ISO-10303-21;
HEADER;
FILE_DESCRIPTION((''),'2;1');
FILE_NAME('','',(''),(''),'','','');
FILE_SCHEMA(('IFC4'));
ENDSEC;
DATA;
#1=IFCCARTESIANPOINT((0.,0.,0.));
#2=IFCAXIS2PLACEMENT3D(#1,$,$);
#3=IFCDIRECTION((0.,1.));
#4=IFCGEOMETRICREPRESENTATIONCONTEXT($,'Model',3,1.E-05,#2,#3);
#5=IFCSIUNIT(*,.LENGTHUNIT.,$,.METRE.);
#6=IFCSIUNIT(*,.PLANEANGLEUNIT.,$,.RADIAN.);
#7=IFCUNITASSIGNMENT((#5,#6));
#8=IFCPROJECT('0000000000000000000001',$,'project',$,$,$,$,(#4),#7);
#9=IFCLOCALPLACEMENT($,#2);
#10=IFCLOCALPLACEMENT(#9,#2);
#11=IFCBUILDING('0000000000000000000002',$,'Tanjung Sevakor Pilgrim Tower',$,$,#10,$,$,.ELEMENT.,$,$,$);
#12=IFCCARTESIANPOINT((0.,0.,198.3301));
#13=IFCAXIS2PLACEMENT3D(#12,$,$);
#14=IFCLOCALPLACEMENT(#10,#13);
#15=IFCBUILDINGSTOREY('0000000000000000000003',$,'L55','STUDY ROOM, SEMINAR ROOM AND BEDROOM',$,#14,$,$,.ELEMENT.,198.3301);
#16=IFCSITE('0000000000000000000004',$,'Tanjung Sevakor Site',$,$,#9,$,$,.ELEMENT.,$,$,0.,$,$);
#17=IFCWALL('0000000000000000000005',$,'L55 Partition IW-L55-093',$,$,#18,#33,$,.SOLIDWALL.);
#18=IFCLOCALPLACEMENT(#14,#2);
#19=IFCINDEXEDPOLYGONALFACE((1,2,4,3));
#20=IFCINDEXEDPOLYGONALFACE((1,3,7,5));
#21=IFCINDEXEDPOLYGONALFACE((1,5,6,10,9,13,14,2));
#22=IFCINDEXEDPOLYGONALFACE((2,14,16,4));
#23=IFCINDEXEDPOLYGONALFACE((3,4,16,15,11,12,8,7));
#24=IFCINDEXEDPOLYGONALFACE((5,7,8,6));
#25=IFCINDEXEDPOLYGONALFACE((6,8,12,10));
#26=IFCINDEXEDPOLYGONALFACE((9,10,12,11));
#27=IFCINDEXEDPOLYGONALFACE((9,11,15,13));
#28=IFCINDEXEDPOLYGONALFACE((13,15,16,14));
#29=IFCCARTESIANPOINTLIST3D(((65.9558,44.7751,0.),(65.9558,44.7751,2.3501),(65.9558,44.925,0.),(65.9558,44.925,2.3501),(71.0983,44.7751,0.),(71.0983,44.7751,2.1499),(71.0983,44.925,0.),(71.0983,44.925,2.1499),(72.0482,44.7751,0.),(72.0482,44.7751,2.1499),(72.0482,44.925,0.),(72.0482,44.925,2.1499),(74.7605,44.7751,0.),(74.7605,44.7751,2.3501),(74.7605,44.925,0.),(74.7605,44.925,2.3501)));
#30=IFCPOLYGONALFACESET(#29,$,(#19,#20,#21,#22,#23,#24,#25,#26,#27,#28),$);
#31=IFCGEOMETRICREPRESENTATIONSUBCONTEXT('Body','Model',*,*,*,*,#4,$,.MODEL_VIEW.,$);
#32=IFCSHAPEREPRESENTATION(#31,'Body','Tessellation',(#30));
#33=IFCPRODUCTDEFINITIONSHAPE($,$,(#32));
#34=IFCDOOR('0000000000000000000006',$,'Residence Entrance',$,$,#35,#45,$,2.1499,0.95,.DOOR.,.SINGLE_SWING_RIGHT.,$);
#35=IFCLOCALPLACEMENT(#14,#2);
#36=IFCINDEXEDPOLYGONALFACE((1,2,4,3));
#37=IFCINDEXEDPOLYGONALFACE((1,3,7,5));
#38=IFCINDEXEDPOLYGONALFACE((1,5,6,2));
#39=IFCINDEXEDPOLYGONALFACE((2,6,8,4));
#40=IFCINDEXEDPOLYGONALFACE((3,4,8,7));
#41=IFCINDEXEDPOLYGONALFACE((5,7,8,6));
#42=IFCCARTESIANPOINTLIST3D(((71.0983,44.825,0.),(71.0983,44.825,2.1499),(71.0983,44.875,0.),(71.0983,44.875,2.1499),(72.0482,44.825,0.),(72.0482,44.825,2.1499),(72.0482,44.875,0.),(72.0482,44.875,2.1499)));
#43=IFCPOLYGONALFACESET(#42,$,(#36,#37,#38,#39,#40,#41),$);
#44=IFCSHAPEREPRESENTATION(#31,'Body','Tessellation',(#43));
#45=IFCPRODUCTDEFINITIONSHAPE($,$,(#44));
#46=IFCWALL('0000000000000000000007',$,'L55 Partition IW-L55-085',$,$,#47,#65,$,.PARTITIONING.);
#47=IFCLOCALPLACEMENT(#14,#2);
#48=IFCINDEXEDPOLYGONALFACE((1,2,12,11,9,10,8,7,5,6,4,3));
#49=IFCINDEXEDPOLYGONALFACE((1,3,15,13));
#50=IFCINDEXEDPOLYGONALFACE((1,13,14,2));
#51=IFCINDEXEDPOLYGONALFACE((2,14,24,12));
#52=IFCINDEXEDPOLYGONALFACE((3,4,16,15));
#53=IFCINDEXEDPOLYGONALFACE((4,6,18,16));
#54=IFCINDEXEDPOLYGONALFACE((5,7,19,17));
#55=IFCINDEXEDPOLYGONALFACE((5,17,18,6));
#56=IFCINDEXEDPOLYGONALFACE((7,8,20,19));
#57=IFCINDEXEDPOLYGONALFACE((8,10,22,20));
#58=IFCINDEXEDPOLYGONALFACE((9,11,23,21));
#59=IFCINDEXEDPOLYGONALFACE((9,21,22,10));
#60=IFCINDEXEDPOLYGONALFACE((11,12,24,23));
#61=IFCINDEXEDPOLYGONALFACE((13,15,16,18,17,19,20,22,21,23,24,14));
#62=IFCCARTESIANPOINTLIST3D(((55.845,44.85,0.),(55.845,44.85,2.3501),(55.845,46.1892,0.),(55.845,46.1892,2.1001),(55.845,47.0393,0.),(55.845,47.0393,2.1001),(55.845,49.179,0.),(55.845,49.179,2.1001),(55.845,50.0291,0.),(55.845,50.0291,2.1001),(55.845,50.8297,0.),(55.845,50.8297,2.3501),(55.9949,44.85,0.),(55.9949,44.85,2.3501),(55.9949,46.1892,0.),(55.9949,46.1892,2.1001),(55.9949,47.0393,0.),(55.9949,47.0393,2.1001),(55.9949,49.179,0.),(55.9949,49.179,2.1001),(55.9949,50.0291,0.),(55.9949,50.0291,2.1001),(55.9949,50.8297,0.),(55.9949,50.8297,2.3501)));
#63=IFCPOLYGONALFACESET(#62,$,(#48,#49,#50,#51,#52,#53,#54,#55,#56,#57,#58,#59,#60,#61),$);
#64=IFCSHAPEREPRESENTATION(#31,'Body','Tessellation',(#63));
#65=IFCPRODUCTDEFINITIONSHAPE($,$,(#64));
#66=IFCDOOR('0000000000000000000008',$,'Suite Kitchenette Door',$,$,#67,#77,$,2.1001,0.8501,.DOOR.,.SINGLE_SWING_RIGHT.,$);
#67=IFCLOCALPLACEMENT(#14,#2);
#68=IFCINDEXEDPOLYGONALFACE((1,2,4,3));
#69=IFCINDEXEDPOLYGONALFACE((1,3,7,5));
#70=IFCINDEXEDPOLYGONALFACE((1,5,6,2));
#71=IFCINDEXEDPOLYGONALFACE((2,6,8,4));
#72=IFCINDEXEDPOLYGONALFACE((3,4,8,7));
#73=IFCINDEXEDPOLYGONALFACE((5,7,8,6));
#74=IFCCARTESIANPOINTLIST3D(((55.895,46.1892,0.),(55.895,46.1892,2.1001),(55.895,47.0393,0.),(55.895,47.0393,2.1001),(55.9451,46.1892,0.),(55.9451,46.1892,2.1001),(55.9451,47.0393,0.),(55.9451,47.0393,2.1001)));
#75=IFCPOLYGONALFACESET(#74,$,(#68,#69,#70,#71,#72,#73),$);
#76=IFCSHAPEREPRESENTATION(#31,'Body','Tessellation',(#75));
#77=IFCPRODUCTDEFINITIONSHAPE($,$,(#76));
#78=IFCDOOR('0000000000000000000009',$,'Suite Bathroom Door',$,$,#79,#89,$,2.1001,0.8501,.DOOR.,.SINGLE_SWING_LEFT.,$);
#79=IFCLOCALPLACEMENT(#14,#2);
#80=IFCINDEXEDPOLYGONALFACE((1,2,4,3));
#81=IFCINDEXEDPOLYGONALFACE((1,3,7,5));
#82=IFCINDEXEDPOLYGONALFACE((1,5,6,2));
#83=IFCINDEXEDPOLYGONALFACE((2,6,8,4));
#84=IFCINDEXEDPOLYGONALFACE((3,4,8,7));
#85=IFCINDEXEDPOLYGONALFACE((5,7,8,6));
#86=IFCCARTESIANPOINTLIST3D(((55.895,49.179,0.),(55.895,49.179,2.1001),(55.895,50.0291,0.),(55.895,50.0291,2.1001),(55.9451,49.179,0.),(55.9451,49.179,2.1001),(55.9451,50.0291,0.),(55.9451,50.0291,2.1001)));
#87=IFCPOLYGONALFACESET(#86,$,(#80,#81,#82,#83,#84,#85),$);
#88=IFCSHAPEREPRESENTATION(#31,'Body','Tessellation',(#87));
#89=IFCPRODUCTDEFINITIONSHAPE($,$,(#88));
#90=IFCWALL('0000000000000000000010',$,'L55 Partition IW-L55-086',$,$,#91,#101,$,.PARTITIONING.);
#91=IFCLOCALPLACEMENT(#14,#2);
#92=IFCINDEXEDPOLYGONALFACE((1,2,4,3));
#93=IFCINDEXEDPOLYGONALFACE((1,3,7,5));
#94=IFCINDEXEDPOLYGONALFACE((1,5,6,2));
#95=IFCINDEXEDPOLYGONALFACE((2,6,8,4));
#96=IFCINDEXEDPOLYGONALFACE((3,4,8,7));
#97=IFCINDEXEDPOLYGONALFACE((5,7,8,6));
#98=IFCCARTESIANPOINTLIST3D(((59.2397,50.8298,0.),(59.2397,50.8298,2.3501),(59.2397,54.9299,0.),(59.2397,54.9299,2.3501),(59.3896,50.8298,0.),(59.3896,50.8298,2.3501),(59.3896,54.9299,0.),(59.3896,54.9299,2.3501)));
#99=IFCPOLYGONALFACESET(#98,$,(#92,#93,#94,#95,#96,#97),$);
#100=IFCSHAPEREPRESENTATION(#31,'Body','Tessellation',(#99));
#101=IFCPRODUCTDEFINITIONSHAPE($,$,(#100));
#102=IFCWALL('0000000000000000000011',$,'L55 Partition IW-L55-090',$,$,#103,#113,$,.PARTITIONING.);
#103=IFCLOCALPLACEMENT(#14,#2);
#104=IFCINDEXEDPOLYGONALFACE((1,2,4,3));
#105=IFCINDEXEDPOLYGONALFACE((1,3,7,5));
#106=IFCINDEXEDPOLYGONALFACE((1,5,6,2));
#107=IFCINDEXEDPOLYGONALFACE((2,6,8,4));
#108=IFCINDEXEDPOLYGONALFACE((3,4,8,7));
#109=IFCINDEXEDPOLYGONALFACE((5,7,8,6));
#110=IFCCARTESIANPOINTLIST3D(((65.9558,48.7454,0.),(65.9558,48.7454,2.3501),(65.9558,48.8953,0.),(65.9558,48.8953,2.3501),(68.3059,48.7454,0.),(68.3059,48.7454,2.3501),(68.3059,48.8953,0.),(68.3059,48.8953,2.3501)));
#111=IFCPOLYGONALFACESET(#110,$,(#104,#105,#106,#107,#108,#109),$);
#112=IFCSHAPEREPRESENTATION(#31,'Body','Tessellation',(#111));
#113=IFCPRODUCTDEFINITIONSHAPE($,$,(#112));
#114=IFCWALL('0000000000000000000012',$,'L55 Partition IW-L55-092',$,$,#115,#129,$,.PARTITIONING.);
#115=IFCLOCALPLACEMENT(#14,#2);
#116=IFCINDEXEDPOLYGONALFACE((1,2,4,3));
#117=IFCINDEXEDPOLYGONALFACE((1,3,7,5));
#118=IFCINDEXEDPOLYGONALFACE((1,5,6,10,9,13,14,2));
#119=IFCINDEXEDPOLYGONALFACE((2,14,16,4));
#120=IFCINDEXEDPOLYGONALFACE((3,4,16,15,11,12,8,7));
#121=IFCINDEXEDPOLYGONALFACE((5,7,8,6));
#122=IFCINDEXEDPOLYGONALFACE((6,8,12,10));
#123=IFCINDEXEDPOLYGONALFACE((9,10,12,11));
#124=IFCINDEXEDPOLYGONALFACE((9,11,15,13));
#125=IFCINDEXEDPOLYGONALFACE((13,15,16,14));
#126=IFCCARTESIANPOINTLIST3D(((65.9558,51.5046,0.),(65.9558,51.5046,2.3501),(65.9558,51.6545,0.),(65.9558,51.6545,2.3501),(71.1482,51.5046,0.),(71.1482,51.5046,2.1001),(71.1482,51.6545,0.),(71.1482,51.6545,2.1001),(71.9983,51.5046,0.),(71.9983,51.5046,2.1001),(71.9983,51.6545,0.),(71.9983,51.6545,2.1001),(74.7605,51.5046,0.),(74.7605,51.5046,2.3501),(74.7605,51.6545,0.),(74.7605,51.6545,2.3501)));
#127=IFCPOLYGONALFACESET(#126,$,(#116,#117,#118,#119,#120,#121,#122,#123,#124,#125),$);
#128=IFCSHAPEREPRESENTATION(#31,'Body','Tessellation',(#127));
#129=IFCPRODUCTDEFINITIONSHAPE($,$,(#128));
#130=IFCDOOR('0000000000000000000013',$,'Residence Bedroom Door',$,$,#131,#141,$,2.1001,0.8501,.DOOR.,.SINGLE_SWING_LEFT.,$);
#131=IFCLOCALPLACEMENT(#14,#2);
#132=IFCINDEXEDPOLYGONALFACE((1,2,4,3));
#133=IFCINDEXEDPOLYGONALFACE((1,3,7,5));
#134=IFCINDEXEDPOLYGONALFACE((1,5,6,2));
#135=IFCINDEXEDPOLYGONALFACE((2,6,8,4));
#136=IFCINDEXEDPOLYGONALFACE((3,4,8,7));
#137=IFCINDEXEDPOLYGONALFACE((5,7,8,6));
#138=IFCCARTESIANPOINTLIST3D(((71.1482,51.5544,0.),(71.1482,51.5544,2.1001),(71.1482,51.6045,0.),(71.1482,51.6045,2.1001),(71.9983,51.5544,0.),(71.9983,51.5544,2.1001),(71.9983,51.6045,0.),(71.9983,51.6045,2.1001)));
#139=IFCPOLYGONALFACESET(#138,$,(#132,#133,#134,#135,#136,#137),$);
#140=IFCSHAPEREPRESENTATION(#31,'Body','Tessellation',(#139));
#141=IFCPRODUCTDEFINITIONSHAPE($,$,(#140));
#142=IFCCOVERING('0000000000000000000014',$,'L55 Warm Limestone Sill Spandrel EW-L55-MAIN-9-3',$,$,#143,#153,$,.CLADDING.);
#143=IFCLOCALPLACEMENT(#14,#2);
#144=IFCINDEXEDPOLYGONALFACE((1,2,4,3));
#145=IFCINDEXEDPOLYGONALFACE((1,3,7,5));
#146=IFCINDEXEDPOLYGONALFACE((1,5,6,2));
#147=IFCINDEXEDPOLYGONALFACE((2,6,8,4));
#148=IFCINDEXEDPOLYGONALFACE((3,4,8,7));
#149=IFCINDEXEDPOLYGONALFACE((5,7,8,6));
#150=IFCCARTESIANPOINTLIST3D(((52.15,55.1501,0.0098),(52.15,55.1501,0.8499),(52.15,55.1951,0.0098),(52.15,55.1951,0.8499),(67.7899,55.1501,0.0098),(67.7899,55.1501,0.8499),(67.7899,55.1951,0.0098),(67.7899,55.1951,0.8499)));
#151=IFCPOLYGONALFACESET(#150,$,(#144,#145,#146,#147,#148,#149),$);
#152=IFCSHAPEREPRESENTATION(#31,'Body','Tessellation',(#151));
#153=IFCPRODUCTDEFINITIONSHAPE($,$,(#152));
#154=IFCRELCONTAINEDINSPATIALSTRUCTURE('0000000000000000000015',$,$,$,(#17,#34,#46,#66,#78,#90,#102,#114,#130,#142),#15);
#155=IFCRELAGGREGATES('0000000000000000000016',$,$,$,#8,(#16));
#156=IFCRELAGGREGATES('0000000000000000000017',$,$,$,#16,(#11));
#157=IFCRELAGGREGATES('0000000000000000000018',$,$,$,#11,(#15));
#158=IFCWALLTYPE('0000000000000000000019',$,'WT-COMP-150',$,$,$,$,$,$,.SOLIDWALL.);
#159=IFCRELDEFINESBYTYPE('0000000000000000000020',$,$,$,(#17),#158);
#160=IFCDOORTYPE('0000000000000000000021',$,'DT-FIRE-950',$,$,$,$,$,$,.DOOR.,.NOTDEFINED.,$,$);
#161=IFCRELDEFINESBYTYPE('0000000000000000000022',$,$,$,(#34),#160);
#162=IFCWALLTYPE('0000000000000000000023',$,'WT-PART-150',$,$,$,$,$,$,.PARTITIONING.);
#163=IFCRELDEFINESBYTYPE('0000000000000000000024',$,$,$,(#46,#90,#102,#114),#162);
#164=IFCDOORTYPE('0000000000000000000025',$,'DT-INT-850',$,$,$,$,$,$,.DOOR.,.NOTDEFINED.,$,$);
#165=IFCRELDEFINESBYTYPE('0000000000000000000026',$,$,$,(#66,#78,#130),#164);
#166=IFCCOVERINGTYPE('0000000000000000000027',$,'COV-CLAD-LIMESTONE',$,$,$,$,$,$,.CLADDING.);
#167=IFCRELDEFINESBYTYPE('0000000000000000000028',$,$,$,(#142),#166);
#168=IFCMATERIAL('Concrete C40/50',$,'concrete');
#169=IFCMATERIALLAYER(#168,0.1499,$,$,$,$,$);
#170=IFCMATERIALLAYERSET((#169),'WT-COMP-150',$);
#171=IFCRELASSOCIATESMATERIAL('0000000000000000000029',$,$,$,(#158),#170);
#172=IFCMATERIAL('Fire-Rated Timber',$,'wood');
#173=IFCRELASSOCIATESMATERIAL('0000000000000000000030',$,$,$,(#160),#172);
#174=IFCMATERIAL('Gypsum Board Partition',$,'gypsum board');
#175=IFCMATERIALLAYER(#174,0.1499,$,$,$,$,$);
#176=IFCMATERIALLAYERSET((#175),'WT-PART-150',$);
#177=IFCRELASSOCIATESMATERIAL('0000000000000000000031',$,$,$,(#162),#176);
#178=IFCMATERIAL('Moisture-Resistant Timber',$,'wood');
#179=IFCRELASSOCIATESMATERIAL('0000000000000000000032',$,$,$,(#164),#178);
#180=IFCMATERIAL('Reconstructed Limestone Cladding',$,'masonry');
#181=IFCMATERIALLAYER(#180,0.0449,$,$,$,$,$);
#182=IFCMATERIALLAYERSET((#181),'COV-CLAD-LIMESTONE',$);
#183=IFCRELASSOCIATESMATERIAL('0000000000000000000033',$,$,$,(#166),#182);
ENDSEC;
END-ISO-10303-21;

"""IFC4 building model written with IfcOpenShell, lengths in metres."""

from ifc_helpers import new_model, si_unit, direction, frame, frame_2d, origin, origin_2d, place, context, subcontext, project, spatial, rectangle, extrude, material, layer, layer_set, type_object, element, fill, save


model = new_model("IFC4")

# Units and contexts
model_context = context("Model", 3, precision=1e-05, world=origin(), true_north=direction((0.0, 1.0)))
body_context = subcontext(model_context, "Body", "Model", "MODEL_VIEW")
ifc_project = project(units=[si_unit("LENGTHUNIT", "METRE"), si_unit("PLANEANGLEUNIT", "RADIAN")], contexts=[model_context])

# Site, building, storey
site_placement = place(None, origin())
site = spatial("IfcSite", under=ifc_project, at=site_placement, Name="Tanjung Sevakor Site", CompositionType="ELEMENT", RefElevation=0.0)
building_placement = place(site_placement, origin())
building = spatial("IfcBuilding", under=site, at=building_placement, Name="Tanjung Sevakor Pilgrim Tower", CompositionType="ELEMENT")
storey_placement = place(building_placement, frame((0.0, 0.0, 198.3301)))
storey = spatial("IfcBuildingStorey", under=building, at=storey_placement, Name="L55", Description="STUDY ROOM, SEMINAR ROOM AND BEDROOM", CompositionType="ELEMENT", Elevation=198.3301)

# Shared definitions
ifc_material_1 = material(Name="Concrete C40/50", Category="concrete")
ifc_layer_1 = layer(ifc_material_1, 0.1499)
ifc_layer_set_1 = layer_set([ifc_layer_1], Name="WT-COMP-150")
wall_type_1 = type_object("IfcWallType", Name="WT-COMP-150", PredefinedType="SOLIDWALL", material=ifc_layer_set_1)

# Wall, opening, door
wall_1_placement = place(storey_placement, frame((65.9558, 44.8501, 0.0), z_axis=(0.0, 0.0, 1.0), x_axis=(1.0, 0.0, 0.0)))
wall_1 = element("IfcWall", 1, at=wall_1_placement, inside=storey, type_object=wall_type_1, Name="L55 Partition IW-L55-093", PredefinedType="SOLIDWALL", context=body_context, shape_type="SweptSolid", body=[
    extrude(rectangle(XDim=8.8047, YDim=0.1499, at=frame_2d((4.4023, 0.0))), origin(), (0.0, 0.0, 1.0), 2.3501),
])
opening_1_placement = place(wall_1_placement, frame((5.1423, 0.0, 0.0)))
opening_1 = element("IfcOpeningElement", 2, at=opening_1_placement, cuts=wall_1, PredefinedType="OPENING", context=body_context, shape_type="SweptSolid", body=[
    extrude(rectangle(XDim=0.95, YDim=2.1499, at=frame_2d((0.4751, 1.075))), frame((0.0, 0.085, 0.0), z_axis=(0.0, -1.0, 0.0), x_axis=(1.0, 0.0, 0.0)), (0.0, 0.0, 1.0), 0.1699),
])
ifc_material_2 = material(Name="Fire-Rated Timber", Category="wood")
door_type_1 = type_object("IfcDoorType", Name="DT-FIRE-950", OperationType="NOTDEFINED", PredefinedType="DOOR", material=ifc_material_2)
door_1_placement = place(opening_1_placement, origin())
door_1 = element("IfcDoor", 3, at=door_1_placement, inside=storey, type_object=door_type_1, Name="Residence Entrance", OperationType="SINGLE_SWING_RIGHT", OverallHeight=2.1499, OverallWidth=0.95, PredefinedType="DOOR", context=body_context, shape_type="SweptSolid", body=[
    extrude(rectangle(XDim=0.95, YDim=2.1499, at=frame_2d((0.4751, 1.075))), frame((0.0, 0.0249, 0.0), z_axis=(0.0, -1.0, 0.0), x_axis=(1.0, 0.0, 0.0)), (0.0, 0.0, 1.0), 0.05),
])
fill(opening_1, door_1)

# Wall, openings, doors
ifc_material_3 = material(Name="Gypsum Board Partition", Category="gypsum board")
ifc_layer_2 = layer(ifc_material_3, 0.1499)
ifc_layer_set_2 = layer_set([ifc_layer_2], Name="WT-PART-150")
wall_type_2 = type_object("IfcWallType", Name="WT-PART-150", PredefinedType="PARTITIONING", material=ifc_layer_set_2)
wall_2_placement = place(storey_placement, frame((55.9199, 44.8501, 0.0), z_axis=(0.0, 0.0, 1.0), x_axis=(0.0, 1.0, 0.0)))
wall_2 = element("IfcWall", 4, at=wall_2_placement, inside=storey, type_object=wall_type_2, Name="L55 Partition IW-L55-085", PredefinedType="PARTITIONING", context=body_context, shape_type="SweptSolid", body=[
    extrude(rectangle(XDim=5.9797, YDim=0.1499, at=frame_2d((2.9897, 0.0))), origin(), (0.0, 0.0, 1.0), 2.3501),
])
opening_2_placement = place(wall_2_placement, frame((1.3391, 0.0, 0.0)))
opening_2 = element("IfcOpeningElement", 5, at=opening_2_placement, cuts=wall_2, PredefinedType="OPENING", context=body_context, shape_type="SweptSolid", body=[
    extrude(rectangle(XDim=0.8501, YDim=2.1001, at=frame_2d((0.425, 1.05))), frame((0.0, 0.085, 0.0), z_axis=(0.0, -1.0, 0.0), x_axis=(1.0, 0.0, 0.0)), (0.0, 0.0, 1.0), 0.1699),
])
opening_3_placement = place(wall_2_placement, frame((4.3289, 0.0, 0.0)))
opening_3 = element("IfcOpeningElement", 6, at=opening_3_placement, cuts=wall_2, PredefinedType="OPENING", context=body_context, shape_type="SweptSolid", body=[
    extrude(rectangle(XDim=0.8501, YDim=2.1001, at=frame_2d((0.425, 1.05))), frame((0.0, 0.085, 0.0), z_axis=(0.0, -1.0, 0.0), x_axis=(1.0, 0.0, 0.0)), (0.0, 0.0, 1.0), 0.1699),
])
ifc_material_4 = material(Name="Moisture-Resistant Timber", Category="wood")
door_type_2 = type_object("IfcDoorType", Name="DT-INT-850", OperationType="NOTDEFINED", PredefinedType="DOOR", material=ifc_material_4)
door_2_placement = place(opening_2_placement, origin())
door_2 = element("IfcDoor", 7, at=door_2_placement, inside=storey, type_object=door_type_2, Name="Suite Kitchenette Door", OperationType="SINGLE_SWING_RIGHT", OverallHeight=2.1001, OverallWidth=0.8501, PredefinedType="DOOR", context=body_context, shape_type="SweptSolid", body=[
    extrude(rectangle(XDim=0.8501, YDim=2.1001, at=frame_2d((0.425, 1.05))), frame((0.0, 0.0249, 0.0), z_axis=(0.0, -1.0, 0.0), x_axis=(1.0, 0.0, 0.0)), (0.0, 0.0, 1.0), 0.05),
])
fill(opening_2, door_2)
door_3_placement = place(opening_3_placement, origin())
door_3 = element("IfcDoor", 8, at=door_3_placement, inside=storey, type_object=door_type_2, Name="Suite Bathroom Door", OperationType="SINGLE_SWING_LEFT", OverallHeight=2.1001, OverallWidth=0.8501, PredefinedType="DOOR", context=body_context, shape_type="SweptSolid", body=[
    extrude(rectangle(XDim=0.8501, YDim=2.1001, at=frame_2d((0.425, 1.05))), frame((0.0, 0.0249, 0.0), z_axis=(0.0, -1.0, 0.0), x_axis=(1.0, 0.0, 0.0)), (0.0, 0.0, 1.0), 0.05),
])
fill(opening_3, door_3)

# Walls
wall_3_placement = place(storey_placement, frame((59.3147, 50.8298, 0.0), z_axis=(0.0, 0.0, 1.0), x_axis=(0.0, 1.0, 0.0)))
element("IfcWall", 9, at=wall_3_placement, inside=storey, type_object=wall_type_2, Name="L55 Partition IW-L55-086", PredefinedType="PARTITIONING", context=body_context, shape_type="SweptSolid", body=[
    extrude(rectangle(XDim=4.1001, YDim=0.1499, at=frame_2d((2.05, 0.0))), origin(), (0.0, 0.0, 1.0), 2.3501),
])
wall_4_placement = place(storey_placement, frame((65.9558, 48.8203, 0.0), z_axis=(0.0, 0.0, 1.0), x_axis=(1.0, 0.0, 0.0)))
element("IfcWall", 10, at=wall_4_placement, inside=storey, type_object=wall_type_2, Name="L55 Partition IW-L55-090", PredefinedType="PARTITIONING", context=body_context, shape_type="SweptSolid", body=[
    extrude(rectangle(XDim=2.3501, YDim=0.1499, at=frame_2d((1.175, 0.0))), origin(), (0.0, 0.0, 1.0), 2.3501),
])

# Wall, opening, door
wall_5_placement = place(storey_placement, frame((65.9558, 51.5796, 0.0), z_axis=(0.0, 0.0, 1.0), x_axis=(1.0, 0.0, 0.0)))
wall_5 = element("IfcWall", 11, at=wall_5_placement, inside=storey, type_object=wall_type_2, Name="L55 Partition IW-L55-092", PredefinedType="PARTITIONING", context=body_context, shape_type="SweptSolid", body=[
    extrude(rectangle(XDim=8.8047, YDim=0.1499, at=frame_2d((4.4023, 0.0))), origin(), (0.0, 0.0, 1.0), 2.3501),
])
opening_4_placement = place(wall_5_placement, frame((5.1924, 0.0, 0.0)))
opening_4 = element("IfcOpeningElement", 12, at=opening_4_placement, cuts=wall_5, PredefinedType="OPENING", context=body_context, shape_type="SweptSolid", body=[
    extrude(rectangle(XDim=0.8501, YDim=2.1001, at=frame_2d((0.425, 1.05))), frame((0.0, 0.085, 0.0), z_axis=(0.0, -1.0, 0.0), x_axis=(1.0, 0.0, 0.0)), (0.0, 0.0, 1.0), 0.1699),
])
door_4_placement = place(opening_4_placement, origin())
door_4 = element("IfcDoor", 13, at=door_4_placement, inside=storey, type_object=door_type_2, Name="Residence Bedroom Door", OperationType="SINGLE_SWING_LEFT", OverallHeight=2.1001, OverallWidth=0.8501, PredefinedType="DOOR", context=body_context, shape_type="SweptSolid", body=[
    extrude(rectangle(XDim=0.8501, YDim=2.1001, at=frame_2d((0.425, 1.05))), frame((0.0, 0.0249, 0.0), z_axis=(0.0, -1.0, 0.0), x_axis=(1.0, 0.0, 0.0)), (0.0, 0.0, 1.0), 0.05),
])
fill(opening_4, door_4)

# Covering
ifc_material_5 = material(Name="Reconstructed Limestone Cladding", Category="masonry")
ifc_layer_3 = layer(ifc_material_5, 0.0449)
ifc_layer_set_3 = layer_set([ifc_layer_3], Name="COV-CLAD-LIMESTONE")
covering_type = type_object("IfcCoveringType", Name="COV-CLAD-LIMESTONE", PredefinedType="CLADDING", material=ifc_layer_set_3)
covering_placement = place(storey_placement, frame((59.97, 55.1726, 0.0098), z_axis=(0.0, 0.0, 1.0), x_axis=(-1.0, 0.0, 0.0)))
element("IfcCovering", 14, at=covering_placement, inside=storey, type_object=covering_type, Name="L55 Warm Limestone Sill Spandrel EW-L55-MAIN-9-3", PredefinedType="CLADDING", context=body_context, shape_type="SweptSolid", body=[
    extrude(rectangle(XDim=15.6399, YDim=0.0449, at=origin_2d()), origin(), (0.0, 0.0, 1.0), 0.8401),
])

save(model, "model.ifc")
